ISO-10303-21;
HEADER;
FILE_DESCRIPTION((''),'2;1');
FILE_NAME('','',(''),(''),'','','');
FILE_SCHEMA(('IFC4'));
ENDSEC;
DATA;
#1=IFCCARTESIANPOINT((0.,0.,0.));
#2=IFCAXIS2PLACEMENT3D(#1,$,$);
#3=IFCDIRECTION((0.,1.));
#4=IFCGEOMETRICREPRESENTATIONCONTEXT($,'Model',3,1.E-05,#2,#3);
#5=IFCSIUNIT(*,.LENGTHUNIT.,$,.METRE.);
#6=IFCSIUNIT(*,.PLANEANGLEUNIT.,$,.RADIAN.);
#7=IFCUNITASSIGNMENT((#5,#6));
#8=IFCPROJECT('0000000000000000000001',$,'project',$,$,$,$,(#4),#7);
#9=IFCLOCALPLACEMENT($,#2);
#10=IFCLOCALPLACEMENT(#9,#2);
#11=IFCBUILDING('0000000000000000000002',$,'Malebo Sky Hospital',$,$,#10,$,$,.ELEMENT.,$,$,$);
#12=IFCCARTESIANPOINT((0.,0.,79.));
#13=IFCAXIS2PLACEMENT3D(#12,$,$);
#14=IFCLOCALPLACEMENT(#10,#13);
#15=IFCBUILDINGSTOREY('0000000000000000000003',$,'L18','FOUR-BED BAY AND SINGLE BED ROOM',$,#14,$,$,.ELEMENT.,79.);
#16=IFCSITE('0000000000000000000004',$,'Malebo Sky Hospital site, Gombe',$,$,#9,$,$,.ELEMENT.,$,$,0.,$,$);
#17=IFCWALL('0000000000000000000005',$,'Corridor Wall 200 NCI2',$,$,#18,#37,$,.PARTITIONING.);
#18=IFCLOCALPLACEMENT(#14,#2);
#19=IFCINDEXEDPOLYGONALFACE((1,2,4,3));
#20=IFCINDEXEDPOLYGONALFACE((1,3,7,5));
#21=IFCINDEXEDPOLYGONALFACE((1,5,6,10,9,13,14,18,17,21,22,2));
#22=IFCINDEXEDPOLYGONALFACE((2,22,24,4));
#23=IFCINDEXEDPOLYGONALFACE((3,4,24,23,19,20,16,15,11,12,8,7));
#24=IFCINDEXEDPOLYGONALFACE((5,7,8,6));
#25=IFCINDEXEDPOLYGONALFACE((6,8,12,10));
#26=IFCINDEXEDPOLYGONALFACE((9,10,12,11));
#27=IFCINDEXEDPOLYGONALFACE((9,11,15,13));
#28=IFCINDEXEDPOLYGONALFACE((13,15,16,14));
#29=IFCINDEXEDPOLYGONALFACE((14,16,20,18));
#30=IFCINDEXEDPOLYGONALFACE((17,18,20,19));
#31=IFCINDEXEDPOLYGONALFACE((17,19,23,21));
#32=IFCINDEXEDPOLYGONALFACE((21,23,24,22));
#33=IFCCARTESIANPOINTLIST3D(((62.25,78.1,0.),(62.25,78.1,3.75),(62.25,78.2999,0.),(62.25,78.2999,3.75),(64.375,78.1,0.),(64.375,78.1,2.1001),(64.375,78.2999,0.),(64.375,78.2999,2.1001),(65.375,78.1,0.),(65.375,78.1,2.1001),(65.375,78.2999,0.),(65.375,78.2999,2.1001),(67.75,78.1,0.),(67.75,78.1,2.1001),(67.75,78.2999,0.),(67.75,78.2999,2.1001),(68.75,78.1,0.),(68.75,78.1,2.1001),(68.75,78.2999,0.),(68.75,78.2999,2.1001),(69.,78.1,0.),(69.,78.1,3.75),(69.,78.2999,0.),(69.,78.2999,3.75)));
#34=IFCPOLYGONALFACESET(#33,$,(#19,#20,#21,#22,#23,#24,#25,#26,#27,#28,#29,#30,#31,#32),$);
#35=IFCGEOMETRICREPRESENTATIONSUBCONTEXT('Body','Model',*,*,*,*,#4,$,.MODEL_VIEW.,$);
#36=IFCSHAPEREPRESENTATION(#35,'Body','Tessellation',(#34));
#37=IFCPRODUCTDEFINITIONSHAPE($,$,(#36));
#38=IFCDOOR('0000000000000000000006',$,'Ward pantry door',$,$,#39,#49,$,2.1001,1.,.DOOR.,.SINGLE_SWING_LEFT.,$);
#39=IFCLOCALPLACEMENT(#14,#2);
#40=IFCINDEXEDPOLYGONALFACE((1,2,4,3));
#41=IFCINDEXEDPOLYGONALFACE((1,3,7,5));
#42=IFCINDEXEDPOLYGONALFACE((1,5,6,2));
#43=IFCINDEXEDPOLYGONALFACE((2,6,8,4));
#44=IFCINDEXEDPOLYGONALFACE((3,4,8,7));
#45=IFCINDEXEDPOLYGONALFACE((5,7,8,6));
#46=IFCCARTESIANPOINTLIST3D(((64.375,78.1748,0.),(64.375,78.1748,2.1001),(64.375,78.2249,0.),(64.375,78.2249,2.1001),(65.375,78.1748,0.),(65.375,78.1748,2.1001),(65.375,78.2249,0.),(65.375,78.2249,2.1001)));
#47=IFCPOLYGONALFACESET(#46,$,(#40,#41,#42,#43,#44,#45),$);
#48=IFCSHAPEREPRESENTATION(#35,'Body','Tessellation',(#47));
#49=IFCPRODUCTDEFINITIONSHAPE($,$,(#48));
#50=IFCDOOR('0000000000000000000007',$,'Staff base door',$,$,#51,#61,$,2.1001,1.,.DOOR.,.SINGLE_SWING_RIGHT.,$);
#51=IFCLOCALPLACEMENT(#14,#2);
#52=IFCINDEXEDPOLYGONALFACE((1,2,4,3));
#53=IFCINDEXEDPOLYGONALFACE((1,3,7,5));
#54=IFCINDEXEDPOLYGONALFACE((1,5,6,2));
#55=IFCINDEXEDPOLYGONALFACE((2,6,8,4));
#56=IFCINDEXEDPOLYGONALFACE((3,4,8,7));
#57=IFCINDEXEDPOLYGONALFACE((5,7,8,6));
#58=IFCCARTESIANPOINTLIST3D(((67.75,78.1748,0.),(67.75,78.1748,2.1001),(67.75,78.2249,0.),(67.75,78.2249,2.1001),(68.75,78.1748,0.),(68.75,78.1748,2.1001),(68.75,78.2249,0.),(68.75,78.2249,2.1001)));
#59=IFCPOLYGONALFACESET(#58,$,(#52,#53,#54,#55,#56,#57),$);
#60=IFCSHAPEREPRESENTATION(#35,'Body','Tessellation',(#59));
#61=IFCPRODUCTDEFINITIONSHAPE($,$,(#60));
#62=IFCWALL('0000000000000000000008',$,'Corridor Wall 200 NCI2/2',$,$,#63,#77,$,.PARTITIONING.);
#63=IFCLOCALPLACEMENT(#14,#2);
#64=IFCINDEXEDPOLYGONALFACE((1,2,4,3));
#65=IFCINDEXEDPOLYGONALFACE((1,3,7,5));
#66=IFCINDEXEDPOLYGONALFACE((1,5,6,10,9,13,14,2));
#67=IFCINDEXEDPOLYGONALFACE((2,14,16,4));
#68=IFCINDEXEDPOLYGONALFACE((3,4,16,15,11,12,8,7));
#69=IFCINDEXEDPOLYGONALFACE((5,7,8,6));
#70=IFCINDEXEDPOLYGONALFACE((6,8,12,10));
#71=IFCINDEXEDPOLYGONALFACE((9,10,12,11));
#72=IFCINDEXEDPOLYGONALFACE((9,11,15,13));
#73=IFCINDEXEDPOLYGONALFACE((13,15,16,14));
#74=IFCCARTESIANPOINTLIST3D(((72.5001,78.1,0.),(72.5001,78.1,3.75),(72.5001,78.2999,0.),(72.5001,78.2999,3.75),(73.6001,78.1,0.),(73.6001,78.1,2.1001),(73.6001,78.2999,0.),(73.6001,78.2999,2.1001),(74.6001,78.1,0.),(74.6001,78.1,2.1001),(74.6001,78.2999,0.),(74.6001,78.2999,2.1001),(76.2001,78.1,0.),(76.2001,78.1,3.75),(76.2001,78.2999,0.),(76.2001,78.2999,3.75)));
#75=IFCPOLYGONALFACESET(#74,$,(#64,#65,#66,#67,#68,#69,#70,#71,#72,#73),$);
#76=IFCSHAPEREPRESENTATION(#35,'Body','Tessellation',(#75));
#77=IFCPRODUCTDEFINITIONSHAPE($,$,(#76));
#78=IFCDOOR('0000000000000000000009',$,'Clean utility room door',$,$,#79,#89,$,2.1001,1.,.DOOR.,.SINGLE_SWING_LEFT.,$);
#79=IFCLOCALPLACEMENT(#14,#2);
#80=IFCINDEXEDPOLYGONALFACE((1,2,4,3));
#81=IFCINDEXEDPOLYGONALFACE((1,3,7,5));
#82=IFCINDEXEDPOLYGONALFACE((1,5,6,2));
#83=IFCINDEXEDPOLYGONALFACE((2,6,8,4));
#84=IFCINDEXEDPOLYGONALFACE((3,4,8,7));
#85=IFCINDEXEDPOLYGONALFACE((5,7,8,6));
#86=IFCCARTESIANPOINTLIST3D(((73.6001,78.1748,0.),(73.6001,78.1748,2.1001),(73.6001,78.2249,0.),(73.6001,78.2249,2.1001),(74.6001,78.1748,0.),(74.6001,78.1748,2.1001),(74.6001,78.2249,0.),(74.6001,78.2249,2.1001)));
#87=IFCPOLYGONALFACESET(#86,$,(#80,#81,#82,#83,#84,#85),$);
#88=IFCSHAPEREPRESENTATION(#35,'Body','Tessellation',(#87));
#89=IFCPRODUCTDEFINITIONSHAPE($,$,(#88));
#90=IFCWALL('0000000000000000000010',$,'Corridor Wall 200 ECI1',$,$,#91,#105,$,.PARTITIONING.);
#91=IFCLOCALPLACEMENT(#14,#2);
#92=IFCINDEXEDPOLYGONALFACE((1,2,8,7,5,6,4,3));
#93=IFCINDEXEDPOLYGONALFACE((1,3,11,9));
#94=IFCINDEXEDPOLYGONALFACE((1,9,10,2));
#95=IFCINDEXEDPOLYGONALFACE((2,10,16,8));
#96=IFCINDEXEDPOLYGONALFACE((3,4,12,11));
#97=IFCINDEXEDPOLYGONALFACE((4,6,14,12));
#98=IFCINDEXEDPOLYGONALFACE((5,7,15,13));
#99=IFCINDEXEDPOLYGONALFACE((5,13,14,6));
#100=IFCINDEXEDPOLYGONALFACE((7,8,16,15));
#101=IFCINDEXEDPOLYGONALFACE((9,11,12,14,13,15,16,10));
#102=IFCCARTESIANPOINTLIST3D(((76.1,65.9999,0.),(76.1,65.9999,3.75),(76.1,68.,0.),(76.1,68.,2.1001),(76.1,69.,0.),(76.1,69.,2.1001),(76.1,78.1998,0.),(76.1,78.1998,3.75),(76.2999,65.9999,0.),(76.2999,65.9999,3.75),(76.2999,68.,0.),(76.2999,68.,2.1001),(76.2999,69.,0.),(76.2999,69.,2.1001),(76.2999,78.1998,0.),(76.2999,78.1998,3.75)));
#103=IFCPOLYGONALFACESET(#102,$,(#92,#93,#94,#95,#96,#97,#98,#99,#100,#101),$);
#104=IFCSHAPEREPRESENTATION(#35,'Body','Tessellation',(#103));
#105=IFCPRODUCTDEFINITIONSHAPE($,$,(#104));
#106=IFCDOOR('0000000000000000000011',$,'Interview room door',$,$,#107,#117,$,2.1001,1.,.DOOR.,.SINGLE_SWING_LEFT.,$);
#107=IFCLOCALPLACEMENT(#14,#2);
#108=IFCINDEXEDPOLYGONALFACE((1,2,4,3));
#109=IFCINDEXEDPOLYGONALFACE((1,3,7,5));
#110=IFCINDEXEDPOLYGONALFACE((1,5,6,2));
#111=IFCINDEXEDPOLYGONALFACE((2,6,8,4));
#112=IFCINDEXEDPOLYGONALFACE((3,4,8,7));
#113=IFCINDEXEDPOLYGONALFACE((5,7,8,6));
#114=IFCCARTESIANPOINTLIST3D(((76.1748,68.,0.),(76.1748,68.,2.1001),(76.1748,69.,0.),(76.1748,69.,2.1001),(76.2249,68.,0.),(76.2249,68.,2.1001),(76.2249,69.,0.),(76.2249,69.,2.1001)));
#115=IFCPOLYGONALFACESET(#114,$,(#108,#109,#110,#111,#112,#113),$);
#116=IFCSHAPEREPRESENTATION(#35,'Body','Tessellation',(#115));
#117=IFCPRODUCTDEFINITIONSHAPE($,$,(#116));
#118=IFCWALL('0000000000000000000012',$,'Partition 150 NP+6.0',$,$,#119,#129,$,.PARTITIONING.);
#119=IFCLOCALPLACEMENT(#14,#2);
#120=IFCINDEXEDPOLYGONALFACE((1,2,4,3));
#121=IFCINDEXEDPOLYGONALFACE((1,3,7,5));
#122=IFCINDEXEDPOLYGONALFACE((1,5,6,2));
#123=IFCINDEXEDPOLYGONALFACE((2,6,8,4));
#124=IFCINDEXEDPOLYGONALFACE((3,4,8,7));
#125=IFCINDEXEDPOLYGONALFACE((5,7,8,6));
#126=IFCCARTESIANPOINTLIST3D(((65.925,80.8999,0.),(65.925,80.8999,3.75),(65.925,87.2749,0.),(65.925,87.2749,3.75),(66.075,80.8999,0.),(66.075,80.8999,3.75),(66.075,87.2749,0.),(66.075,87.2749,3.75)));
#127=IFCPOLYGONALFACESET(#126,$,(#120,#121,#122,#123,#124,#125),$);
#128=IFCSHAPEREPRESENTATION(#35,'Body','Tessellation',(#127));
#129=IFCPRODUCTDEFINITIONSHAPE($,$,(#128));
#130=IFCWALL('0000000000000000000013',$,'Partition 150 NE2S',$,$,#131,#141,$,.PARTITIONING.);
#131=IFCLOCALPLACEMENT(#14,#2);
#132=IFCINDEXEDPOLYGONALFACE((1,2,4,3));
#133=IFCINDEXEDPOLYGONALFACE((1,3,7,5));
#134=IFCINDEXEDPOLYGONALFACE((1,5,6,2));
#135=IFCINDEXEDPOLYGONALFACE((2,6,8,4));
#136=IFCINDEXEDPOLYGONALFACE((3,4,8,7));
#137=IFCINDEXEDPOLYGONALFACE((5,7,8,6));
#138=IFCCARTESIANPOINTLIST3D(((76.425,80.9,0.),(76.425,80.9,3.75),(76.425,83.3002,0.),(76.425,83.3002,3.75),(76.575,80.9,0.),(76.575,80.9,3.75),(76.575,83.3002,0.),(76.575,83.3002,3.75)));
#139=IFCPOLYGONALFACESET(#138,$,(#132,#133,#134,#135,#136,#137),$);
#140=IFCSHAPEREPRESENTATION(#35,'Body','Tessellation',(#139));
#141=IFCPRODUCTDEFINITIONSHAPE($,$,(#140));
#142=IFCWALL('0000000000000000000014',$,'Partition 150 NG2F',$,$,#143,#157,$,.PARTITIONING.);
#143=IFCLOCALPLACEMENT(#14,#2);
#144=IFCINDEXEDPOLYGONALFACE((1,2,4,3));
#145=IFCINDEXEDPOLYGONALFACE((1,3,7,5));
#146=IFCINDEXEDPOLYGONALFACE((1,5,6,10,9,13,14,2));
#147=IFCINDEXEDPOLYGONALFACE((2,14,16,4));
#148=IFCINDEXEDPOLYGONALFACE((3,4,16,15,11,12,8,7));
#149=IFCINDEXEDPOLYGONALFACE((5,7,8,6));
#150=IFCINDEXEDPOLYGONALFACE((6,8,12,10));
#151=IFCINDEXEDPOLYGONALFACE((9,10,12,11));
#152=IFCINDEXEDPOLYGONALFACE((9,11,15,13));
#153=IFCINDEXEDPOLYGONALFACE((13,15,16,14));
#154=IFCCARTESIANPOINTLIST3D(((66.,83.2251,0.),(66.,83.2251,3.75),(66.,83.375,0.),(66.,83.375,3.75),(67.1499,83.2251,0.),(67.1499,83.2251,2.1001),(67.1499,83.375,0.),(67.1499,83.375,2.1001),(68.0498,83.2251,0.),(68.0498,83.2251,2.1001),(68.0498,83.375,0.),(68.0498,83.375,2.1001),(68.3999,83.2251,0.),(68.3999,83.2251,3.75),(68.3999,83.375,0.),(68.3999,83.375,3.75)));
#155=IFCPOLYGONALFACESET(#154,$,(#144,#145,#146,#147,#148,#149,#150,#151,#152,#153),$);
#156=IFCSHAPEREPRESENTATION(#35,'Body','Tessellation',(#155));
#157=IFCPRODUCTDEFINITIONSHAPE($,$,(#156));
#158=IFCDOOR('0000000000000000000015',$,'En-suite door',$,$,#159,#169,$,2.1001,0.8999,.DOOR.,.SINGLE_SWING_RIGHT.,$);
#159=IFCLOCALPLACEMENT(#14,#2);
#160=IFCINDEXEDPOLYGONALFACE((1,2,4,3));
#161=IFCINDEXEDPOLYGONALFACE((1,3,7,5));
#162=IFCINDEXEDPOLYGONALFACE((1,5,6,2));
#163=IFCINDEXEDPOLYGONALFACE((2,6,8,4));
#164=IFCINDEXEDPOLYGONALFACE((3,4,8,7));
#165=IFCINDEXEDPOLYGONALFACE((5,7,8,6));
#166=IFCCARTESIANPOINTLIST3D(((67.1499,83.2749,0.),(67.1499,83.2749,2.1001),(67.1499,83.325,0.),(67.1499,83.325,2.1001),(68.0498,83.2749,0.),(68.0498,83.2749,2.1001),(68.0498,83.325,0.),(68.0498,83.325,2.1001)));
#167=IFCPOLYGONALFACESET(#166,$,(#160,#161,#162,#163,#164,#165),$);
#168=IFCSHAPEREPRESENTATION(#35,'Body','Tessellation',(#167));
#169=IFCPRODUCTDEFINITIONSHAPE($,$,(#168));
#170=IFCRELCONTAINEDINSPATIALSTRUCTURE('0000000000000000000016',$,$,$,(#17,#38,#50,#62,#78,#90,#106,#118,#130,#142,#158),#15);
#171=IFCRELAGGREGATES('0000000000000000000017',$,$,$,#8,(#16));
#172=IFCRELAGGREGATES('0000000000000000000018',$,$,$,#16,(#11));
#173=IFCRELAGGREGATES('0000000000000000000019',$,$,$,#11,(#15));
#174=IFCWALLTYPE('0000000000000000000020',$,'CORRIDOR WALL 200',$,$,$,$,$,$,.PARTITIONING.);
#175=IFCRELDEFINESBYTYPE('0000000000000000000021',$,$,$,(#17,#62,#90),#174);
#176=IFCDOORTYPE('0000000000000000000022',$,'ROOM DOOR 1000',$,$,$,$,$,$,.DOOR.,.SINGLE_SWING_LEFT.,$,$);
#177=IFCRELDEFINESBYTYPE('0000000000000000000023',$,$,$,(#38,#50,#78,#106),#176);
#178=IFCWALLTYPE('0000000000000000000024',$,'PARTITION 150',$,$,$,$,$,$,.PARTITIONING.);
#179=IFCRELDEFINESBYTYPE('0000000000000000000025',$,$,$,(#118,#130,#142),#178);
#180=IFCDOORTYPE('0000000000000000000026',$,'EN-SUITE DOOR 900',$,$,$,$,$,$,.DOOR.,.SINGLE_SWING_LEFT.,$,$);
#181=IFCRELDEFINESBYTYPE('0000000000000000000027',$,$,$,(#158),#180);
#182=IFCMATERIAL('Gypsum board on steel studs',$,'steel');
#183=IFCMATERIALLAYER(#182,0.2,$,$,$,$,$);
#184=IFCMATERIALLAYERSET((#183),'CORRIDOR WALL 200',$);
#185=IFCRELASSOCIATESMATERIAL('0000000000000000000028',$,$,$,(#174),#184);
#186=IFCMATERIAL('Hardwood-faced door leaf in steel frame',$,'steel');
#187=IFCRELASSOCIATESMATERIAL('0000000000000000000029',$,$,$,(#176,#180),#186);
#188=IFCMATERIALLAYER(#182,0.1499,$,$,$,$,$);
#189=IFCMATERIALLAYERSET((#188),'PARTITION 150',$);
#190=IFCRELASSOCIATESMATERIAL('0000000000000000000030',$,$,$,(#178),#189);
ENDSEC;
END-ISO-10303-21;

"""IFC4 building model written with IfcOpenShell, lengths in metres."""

from ifc_helpers import new_model, si_unit, direction, frame, frame_2d, origin, place, context, subcontext, project, spatial, rectangle, extrude, material, layer, layer_set, type_object, element, fill, save


model = new_model("IFC4")

# Units and contexts
model_context = context("Model", 3, precision=1e-05, world=origin(), true_north=direction((0.0, 1.0)))
body_context = subcontext(model_context, "Body", "Model", "MODEL_VIEW")
ifc_project = project(units=[si_unit("LENGTHUNIT", "METRE"), si_unit("PLANEANGLEUNIT", "RADIAN")], contexts=[model_context])

# Site, building, storey
site_placement = place(None, origin())
site = spatial("IfcSite", under=ifc_project, at=site_placement, Name="Malebo Sky Hospital site, Gombe", CompositionType="ELEMENT", RefElevation=0.0)
building_placement = place(site_placement, origin())
building = spatial("IfcBuilding", under=site, at=building_placement, Name="Malebo Sky Hospital", CompositionType="ELEMENT")
storey_placement = place(building_placement, frame((0.0, 0.0, 79.0)))
storey = spatial("IfcBuildingStorey", under=building, at=storey_placement, Name="L18", Description="FOUR-BED BAY AND SINGLE BED ROOM", CompositionType="ELEMENT", Elevation=79.0)

# Wall, openings, doors
ifc_material_1 = material(Name="Gypsum board on steel studs", Category="steel")
ifc_layer_1 = layer(ifc_material_1, 0.2)
ifc_layer_set_1 = layer_set([ifc_layer_1], Name="CORRIDOR WALL 200")
wall_type_1 = type_object("IfcWallType", Name="CORRIDOR WALL 200", PredefinedType="PARTITIONING", material=ifc_layer_set_1)
wall_1_placement = place(storey_placement, frame((62.25, 78.2, 0.0), z_axis=(0.0, 0.0, 1.0), x_axis=(1.0, 0.0, 0.0)))
wall_1 = element("IfcWall", 1, at=wall_1_placement, inside=storey, type_object=wall_type_1, Name="Corridor Wall 200 NCI2", PredefinedType="PARTITIONING", context=body_context, shape_type="SweptSolid", body=[
    extrude(rectangle(XDim=6.75, YDim=0.2, at=frame_2d((3.375, 0.0))), origin(), (0.0, 0.0, 1.0), 3.75),
])
opening_1_placement = place(wall_1_placement, frame((2.125, 0.0, 0.0)))
opening_1 = element("IfcOpeningElement", 2, at=opening_1_placement, cuts=wall_1, PredefinedType="OPENING", context=body_context, shape_type="SweptSolid", body=[
    extrude(rectangle(XDim=1.0, YDim=2.1001, at=frame_2d((0.5, 1.05))), frame((0.0, 0.1099, 0.0), z_axis=(0.0, -1.0, 0.0), x_axis=(1.0, 0.0, 0.0)), (0.0, 0.0, 1.0), 0.22),
])
opening_2_placement = place(wall_1_placement, frame((5.5, 0.0, 0.0)))
opening_2 = element("IfcOpeningElement", 3, at=opening_2_placement, cuts=wall_1, PredefinedType="OPENING", context=body_context, shape_type="SweptSolid", body=[
    extrude(rectangle(XDim=1.0, YDim=2.1001, at=frame_2d((0.5, 1.05))), frame((0.0, 0.1099, 0.0), z_axis=(0.0, -1.0, 0.0), x_axis=(1.0, 0.0, 0.0)), (0.0, 0.0, 1.0), 0.22),
])
ifc_material_2 = material(Name="Hardwood-faced door leaf in steel frame", Category="steel")
door_type_1 = type_object("IfcDoorType", Name="ROOM DOOR 1000", OperationType="SINGLE_SWING_LEFT", PredefinedType="DOOR", material=ifc_material_2)
door_1_placement = place(opening_1_placement, origin())
door_1 = element("IfcDoor", 4, at=door_1_placement, inside=storey, type_object=door_type_1, Name="Ward pantry door", OperationType="SINGLE_SWING_LEFT", OverallHeight=2.1001, OverallWidth=1.0, PredefinedType="DOOR", context=body_context, shape_type="SweptSolid", body=[
    extrude(rectangle(XDim=1.0, YDim=2.1001, at=frame_2d((0.5, 1.05))), frame((0.0, 0.0249, 0.0), z_axis=(0.0, -1.0, 0.0), x_axis=(1.0, 0.0, 0.0)), (0.0, 0.0, 1.0), 0.05),
])
fill(opening_1, door_1)
door_2_placement = place(opening_2_placement, origin())
door_2 = element("IfcDoor", 5, at=door_2_placement, inside=storey, type_object=door_type_1, Name="Staff base door", OperationType="SINGLE_SWING_RIGHT", OverallHeight=2.1001, OverallWidth=1.0, PredefinedType="DOOR", context=body_context, shape_type="SweptSolid", body=[
    extrude(rectangle(XDim=1.0, YDim=2.1001, at=frame_2d((0.5, 1.05))), frame((0.0, 0.0249, 0.0), z_axis=(0.0, -1.0, 0.0), x_axis=(1.0, 0.0, 0.0)), (0.0, 0.0, 1.0), 0.05),
])
fill(opening_2, door_2)

# Walls, openings, doors
wall_2_placement = place(storey_placement, frame((72.5, 78.2, 0.0), z_axis=(0.0, 0.0, 1.0), x_axis=(1.0, 0.0, 0.0)))
wall_2 = element("IfcWall", 6, at=wall_2_placement, inside=storey, type_object=wall_type_1, Name="Corridor Wall 200 NCI2/2", PredefinedType="PARTITIONING", context=body_context, shape_type="SweptSolid", body=[
    extrude(rectangle(XDim=3.7, YDim=0.2, at=frame_2d((1.8501, 0.0))), origin(), (0.0, 0.0, 1.0), 3.75),
])
opening_3_placement = place(wall_2_placement, frame((1.1001, 0.0, 0.0)))
opening_3 = element("IfcOpeningElement", 7, at=opening_3_placement, cuts=wall_2, PredefinedType="OPENING", context=body_context, shape_type="SweptSolid", body=[
    extrude(rectangle(XDim=1.0, YDim=2.1001, at=frame_2d((0.5, 1.05))), frame((0.0, 0.1099, 0.0), z_axis=(0.0, -1.0, 0.0), x_axis=(1.0, 0.0, 0.0)), (0.0, 0.0, 1.0), 0.22),
])
door_3_placement = place(opening_3_placement, origin())
door_3 = element("IfcDoor", 8, at=door_3_placement, inside=storey, type_object=door_type_1, Name="Clean utility room door", OperationType="SINGLE_SWING_LEFT", OverallHeight=2.1001, OverallWidth=1.0, PredefinedType="DOOR", context=body_context, shape_type="SweptSolid", body=[
    extrude(rectangle(XDim=1.0, YDim=2.1001, at=frame_2d((0.5, 1.05))), frame((0.0, 0.0249, 0.0), z_axis=(0.0, -1.0, 0.0), x_axis=(1.0, 0.0, 0.0)), (0.0, 0.0, 1.0), 0.05),
])
fill(opening_3, door_3)
wall_3_placement = place(storey_placement, frame((76.2, 78.2, 0.0), z_axis=(0.0, 0.0, 1.0), x_axis=(0.0, -1.0, 0.0)))
wall_3 = element("IfcWall", 9, at=wall_3_placement, inside=storey, type_object=wall_type_1, Name="Corridor Wall 200 ECI1", PredefinedType="PARTITIONING", context=body_context, shape_type="SweptSolid", body=[
    extrude(rectangle(XDim=12.2, YDim=0.2, at=frame_2d((6.1001, 0.0))), origin(), (0.0, 0.0, 1.0), 3.75),
])
opening_4_placement = place(wall_3_placement, frame((9.2, 0.0, 0.0)))
opening_4 = element("IfcOpeningElement", 10, at=opening_4_placement, cuts=wall_3, PredefinedType="OPENING", context=body_context, shape_type="SweptSolid", body=[
    extrude(rectangle(XDim=1.0, YDim=2.1001, at=frame_2d((0.5, 1.05))), frame((0.0, 0.1099, 0.0), z_axis=(0.0, -1.0, 0.0), x_axis=(1.0, 0.0, 0.0)), (0.0, 0.0, 1.0), 0.22),
])
door_4_placement = place(opening_4_placement, origin())
door_4 = element("IfcDoor", 11, at=door_4_placement, inside=storey, type_object=door_type_1, Name="Interview room door", OperationType="SINGLE_SWING_LEFT", OverallHeight=2.1001, OverallWidth=1.0, PredefinedType="DOOR", context=body_context, shape_type="SweptSolid", body=[
    extrude(rectangle(XDim=1.0, YDim=2.1001, at=frame_2d((0.5, 1.05))), frame((0.0, 0.0249, 0.0), z_axis=(0.0, -1.0, 0.0), x_axis=(1.0, 0.0, 0.0)), (0.0, 0.0, 1.0), 0.05),
])
fill(opening_4, door_4)

# Walls
ifc_layer_2 = layer(ifc_material_1, 0.1499)
ifc_layer_set_2 = layer_set([ifc_layer_2], Name="PARTITION 150")
wall_type_2 = type_object("IfcWallType", Name="PARTITION 150", PredefinedType="PARTITIONING", material=ifc_layer_set_2)
wall_4_placement = place(storey_placement, frame((66.0, 80.8999, 0.0), z_axis=(0.0, 0.0, 1.0), x_axis=(0.0, 1.0, 0.0)))
element("IfcWall", 12, at=wall_4_placement, inside=storey, type_object=wall_type_2, Name="Partition 150 NP+6.0", PredefinedType="PARTITIONING", context=body_context, shape_type="SweptSolid", body=[
    extrude(rectangle(XDim=6.375, YDim=0.1499, at=frame_2d((3.1875, 0.0))), origin(), (0.0, 0.0, 1.0), 3.75),
])
wall_5_placement = place(storey_placement, frame((76.5, 80.8999, 0.0), z_axis=(0.0, 0.0, 1.0), x_axis=(0.0, 1.0, 0.0)))
element("IfcWall", 13, at=wall_5_placement, inside=storey, type_object=wall_type_2, Name="Partition 150 NE2S", PredefinedType="PARTITIONING", context=body_context, shape_type="SweptSolid", body=[
    extrude(rectangle(XDim=2.4001, YDim=0.1499, at=frame_2d((1.2002, 0.0))), origin(), (0.0, 0.0, 1.0), 3.75),
])

# Wall, opening, door
wall_6_placement = place(storey_placement, frame((66.0, 83.3, 0.0), z_axis=(0.0, 0.0, 1.0), x_axis=(1.0, 0.0, 0.0)))
wall_6 = element("IfcWall", 14, at=wall_6_placement, inside=storey, type_object=wall_type_2, Name="Partition 150 NG2F", PredefinedType="PARTITIONING", context=body_context, shape_type="SweptSolid", body=[
    extrude(rectangle(XDim=2.3999, YDim=0.1499, at=frame_2d((1.2, 0.0))), origin(), (0.0, 0.0, 1.0), 3.75),
])
opening_5_placement = place(wall_6_placement, frame((1.1499, 0.0, 0.0)))
opening_5 = element("IfcOpeningElement", 15, at=opening_5_placement, cuts=wall_6, PredefinedType="OPENING", context=body_context, shape_type="SweptSolid", body=[
    extrude(rectangle(XDim=0.8999, YDim=2.1001, at=frame_2d((0.45, 1.05))), frame((0.0, 0.085, 0.0), z_axis=(0.0, -1.0, 0.0), x_axis=(1.0, 0.0, 0.0)), (0.0, 0.0, 1.0), 0.1699),
])
door_type_2 = type_object("IfcDoorType", Name="EN-SUITE DOOR 900", OperationType="SINGLE_SWING_LEFT", PredefinedType="DOOR", material=ifc_material_2)
door_5_placement = place(opening_5_placement, origin())
door_5 = element("IfcDoor", 16, at=door_5_placement, inside=storey, type_object=door_type_2, Name="En-suite door", OperationType="SINGLE_SWING_RIGHT", OverallHeight=2.1001, OverallWidth=0.8999, PredefinedType="DOOR", context=body_context, shape_type="SweptSolid", body=[
    extrude(rectangle(XDim=0.8999, YDim=2.1001, at=frame_2d((0.45, 1.05))), frame((0.0, 0.0249, 0.0), z_axis=(0.0, -1.0, 0.0), x_axis=(1.0, 0.0, 0.0)), (0.0, 0.0, 1.0), 0.05),
])
fill(opening_5, door_5)

save(model, "model.ifc")
